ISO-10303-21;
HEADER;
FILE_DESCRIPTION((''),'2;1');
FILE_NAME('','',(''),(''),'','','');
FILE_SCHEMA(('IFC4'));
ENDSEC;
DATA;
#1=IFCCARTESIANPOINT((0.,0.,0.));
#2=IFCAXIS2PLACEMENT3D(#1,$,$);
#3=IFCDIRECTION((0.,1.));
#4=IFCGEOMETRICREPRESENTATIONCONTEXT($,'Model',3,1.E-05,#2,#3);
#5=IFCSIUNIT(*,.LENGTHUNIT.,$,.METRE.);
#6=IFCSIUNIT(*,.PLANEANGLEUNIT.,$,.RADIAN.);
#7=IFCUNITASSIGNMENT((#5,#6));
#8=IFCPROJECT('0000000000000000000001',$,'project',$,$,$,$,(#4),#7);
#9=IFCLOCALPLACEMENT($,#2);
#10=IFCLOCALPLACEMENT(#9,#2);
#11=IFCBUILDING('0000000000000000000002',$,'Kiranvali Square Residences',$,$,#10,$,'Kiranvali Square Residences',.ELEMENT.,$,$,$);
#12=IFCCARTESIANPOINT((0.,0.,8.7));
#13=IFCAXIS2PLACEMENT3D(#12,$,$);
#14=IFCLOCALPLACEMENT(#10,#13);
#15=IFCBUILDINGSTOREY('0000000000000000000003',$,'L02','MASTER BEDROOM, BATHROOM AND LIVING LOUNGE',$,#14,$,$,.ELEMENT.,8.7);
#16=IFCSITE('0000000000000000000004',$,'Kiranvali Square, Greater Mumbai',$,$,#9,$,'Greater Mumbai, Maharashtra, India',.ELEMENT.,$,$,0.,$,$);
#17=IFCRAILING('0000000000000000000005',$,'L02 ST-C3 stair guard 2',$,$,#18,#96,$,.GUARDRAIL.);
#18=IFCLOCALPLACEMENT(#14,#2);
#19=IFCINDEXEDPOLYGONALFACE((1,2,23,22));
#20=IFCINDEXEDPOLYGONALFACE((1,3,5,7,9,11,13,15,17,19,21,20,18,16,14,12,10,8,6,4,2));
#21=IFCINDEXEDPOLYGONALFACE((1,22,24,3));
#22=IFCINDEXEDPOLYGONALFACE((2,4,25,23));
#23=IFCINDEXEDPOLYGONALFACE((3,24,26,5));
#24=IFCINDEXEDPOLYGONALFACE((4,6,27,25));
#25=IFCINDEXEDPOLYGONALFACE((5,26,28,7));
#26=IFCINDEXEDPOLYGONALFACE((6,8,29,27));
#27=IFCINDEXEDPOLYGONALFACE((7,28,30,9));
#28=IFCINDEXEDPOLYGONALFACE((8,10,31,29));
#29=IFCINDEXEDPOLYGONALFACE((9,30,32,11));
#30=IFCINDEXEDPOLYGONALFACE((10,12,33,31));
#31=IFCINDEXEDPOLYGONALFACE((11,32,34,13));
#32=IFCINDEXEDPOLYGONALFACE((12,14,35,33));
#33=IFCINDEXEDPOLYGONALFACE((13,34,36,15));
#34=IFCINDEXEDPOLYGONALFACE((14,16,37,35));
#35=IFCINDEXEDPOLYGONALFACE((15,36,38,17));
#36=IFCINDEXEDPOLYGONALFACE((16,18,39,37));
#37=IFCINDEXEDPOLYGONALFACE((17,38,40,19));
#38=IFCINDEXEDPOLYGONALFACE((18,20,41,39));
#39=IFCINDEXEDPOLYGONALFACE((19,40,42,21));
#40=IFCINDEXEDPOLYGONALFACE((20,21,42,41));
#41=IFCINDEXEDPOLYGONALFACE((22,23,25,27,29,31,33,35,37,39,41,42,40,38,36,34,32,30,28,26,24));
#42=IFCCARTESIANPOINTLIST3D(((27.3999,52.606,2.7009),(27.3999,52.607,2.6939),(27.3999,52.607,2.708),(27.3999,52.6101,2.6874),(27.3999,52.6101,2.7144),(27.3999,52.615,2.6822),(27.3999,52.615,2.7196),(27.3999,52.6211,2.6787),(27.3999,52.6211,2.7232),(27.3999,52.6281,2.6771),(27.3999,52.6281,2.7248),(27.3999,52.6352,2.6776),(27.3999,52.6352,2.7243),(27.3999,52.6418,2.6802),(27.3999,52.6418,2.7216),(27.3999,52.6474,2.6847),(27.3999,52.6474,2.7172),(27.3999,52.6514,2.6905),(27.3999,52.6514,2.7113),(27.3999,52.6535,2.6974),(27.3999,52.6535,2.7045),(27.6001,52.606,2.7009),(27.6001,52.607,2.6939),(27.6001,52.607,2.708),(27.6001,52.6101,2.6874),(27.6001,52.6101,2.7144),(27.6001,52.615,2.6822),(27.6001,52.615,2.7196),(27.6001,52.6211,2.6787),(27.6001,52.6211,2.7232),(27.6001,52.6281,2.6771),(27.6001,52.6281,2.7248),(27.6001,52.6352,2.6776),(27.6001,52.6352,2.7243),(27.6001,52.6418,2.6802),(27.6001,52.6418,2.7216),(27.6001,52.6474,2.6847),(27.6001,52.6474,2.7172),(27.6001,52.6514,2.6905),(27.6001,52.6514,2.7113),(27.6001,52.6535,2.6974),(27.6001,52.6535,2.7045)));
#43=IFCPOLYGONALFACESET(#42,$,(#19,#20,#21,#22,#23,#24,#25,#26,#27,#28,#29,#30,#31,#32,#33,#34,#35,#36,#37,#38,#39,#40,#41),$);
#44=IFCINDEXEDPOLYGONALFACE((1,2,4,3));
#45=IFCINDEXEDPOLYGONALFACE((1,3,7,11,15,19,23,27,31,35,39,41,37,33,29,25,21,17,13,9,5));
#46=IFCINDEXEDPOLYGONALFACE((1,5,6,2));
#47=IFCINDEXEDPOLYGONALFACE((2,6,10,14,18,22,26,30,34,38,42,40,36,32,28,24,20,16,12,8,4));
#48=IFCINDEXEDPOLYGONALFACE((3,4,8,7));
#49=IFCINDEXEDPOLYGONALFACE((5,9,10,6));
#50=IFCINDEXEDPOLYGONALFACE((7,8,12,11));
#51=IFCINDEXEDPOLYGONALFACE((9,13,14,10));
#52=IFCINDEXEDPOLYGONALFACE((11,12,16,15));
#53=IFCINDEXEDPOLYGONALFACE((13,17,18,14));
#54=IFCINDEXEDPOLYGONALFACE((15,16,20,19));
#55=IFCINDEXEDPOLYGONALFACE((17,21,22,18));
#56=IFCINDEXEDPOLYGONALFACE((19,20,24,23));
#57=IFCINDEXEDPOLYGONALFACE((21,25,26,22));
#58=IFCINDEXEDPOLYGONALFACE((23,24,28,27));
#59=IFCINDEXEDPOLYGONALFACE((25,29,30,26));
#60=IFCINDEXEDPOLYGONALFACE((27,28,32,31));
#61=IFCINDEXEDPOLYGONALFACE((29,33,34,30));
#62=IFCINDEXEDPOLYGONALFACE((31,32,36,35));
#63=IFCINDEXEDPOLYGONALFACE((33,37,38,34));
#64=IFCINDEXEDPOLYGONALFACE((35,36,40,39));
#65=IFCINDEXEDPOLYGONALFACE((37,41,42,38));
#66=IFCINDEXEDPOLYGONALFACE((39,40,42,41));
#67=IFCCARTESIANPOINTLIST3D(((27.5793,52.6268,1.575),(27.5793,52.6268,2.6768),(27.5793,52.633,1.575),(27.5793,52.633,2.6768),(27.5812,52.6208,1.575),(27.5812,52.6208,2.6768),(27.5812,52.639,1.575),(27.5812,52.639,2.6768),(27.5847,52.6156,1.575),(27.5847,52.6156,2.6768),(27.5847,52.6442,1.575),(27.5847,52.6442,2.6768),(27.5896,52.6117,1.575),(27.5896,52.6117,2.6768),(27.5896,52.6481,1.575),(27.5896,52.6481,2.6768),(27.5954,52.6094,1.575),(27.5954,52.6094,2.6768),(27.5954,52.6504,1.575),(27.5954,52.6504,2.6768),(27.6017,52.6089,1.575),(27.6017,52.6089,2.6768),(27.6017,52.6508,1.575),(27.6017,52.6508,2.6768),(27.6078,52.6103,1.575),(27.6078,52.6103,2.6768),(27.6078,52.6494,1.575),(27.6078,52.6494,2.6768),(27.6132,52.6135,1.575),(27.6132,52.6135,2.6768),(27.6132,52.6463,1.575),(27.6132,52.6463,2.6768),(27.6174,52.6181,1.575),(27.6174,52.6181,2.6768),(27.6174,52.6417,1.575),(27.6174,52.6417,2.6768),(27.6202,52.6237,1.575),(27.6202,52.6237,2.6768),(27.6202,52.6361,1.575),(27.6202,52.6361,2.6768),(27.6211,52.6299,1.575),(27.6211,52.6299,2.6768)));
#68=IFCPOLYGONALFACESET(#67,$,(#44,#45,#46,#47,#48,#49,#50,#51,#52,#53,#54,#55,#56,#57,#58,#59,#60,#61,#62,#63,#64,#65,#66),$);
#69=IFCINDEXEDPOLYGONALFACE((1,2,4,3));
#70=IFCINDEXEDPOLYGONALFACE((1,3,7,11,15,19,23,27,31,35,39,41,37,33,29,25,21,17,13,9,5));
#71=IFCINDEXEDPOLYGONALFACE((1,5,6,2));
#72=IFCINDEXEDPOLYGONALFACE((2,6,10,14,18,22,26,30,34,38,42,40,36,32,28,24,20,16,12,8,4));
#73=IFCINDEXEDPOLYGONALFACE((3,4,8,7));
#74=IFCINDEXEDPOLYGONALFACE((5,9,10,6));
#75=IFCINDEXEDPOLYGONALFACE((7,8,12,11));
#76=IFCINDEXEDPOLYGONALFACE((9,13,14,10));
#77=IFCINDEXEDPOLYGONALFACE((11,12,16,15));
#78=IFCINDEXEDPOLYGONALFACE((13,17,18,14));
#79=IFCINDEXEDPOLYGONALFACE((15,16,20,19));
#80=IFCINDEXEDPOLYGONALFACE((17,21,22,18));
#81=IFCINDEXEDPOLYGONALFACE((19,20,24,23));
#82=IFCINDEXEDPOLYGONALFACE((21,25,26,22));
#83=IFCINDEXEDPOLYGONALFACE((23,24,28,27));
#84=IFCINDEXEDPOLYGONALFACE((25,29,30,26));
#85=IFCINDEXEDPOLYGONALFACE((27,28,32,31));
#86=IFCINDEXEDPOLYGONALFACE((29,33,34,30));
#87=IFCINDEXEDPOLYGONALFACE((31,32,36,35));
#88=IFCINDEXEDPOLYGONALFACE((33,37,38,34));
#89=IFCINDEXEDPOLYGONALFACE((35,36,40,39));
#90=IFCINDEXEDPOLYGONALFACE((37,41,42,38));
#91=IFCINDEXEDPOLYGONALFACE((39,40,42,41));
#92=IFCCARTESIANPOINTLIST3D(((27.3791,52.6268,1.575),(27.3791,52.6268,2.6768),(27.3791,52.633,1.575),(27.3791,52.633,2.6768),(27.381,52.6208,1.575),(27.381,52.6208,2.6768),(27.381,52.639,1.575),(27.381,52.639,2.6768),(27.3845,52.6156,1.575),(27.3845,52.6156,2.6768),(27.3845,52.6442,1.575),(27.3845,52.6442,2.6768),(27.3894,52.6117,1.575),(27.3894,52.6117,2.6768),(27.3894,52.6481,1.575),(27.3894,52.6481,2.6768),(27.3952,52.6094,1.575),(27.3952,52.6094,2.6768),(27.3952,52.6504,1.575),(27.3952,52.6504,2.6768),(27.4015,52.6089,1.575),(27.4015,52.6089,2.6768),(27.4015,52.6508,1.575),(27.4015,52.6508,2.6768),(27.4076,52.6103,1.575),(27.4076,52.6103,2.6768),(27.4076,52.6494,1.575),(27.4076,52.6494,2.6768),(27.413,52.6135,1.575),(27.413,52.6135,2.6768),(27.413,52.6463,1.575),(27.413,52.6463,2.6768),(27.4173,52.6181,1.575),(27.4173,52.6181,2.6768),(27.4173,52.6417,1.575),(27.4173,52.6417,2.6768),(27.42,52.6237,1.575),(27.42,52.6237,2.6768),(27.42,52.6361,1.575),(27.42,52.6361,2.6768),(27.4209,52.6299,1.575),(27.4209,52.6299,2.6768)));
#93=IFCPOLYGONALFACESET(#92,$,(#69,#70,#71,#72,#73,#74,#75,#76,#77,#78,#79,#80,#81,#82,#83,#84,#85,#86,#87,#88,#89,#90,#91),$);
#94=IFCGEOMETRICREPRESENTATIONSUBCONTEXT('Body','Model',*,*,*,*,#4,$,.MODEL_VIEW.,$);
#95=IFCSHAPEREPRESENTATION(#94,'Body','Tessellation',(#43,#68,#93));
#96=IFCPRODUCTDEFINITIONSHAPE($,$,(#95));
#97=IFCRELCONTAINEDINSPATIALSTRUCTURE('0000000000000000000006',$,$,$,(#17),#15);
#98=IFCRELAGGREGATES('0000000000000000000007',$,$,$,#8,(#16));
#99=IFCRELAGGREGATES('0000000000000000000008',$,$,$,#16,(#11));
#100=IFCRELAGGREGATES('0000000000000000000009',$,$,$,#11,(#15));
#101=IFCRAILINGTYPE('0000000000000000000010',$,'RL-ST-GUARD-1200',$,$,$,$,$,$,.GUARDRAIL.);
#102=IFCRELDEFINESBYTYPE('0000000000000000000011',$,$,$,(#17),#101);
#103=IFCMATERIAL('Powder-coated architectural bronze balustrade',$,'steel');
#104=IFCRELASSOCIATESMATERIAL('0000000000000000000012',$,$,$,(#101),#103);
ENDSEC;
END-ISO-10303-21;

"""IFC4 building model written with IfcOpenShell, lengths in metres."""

from ifc_helpers import new_model, si_unit, direction, frame, origin, origin_2d, place, context, subcontext, project, spatial, circle, extrude, material, type_object, element, save


model = new_model("IFC4")

# Units and contexts
model_context = context("Model", 3, precision=1e-05, world=origin(), true_north=direction((0.0, 1.0)))
body_context = subcontext(model_context, "Body", "Model", "MODEL_VIEW")
ifc_project = project(units=[si_unit("LENGTHUNIT", "METRE"), si_unit("PLANEANGLEUNIT", "RADIAN")], contexts=[model_context])

# Site, building, storey
site_placement = place(None, origin())
site = spatial("IfcSite", under=ifc_project, at=site_placement, Name="Kiranvali Square, Greater Mumbai", LongName="Greater Mumbai, Maharashtra, India", CompositionType="ELEMENT", RefElevation=0.0)
building_placement = place(site_placement, origin())
building = spatial("IfcBuilding", under=site, at=building_placement, Name="Kiranvali Square Residences", LongName="Kiranvali Square Residences", CompositionType="ELEMENT")
storey_placement = place(building_placement, frame((0.0, 0.0, 8.7)))
storey = spatial("IfcBuildingStorey", under=building, at=storey_placement, Name="L02", Description="MASTER BEDROOM, BATHROOM AND LIVING LOUNGE", CompositionType="ELEMENT", Elevation=8.7)

# Railing
ifc_material_1 = material(Name="Powder-coated architectural bronze balustrade", Category="steel")
railing_type_1 = type_object("IfcRailingType", Name="RL-ST-GUARD-1200", PredefinedType="GUARDRAIL", material=ifc_material_1)
railing_1_placement = place(storey_placement, frame((27.6001, 52.6299, 1.575)))
element("IfcRailing", 1, at=railing_1_placement, inside=storey, type_object=railing_type_1, Name="L02 ST-C3 stair guard 2", PredefinedType="GUARDRAIL", context=body_context, shape_type="SweptSolid", body=[
    extrude(circle(Radius=0.0239, at=origin_2d()), frame((0.0, 0.0, 1.126), z_axis=(-1.0, 0.0, 0.0), x_axis=(0.0, -1.0, 0.0)), (0.0, 0.0, 1.0), 0.2002),
    extrude(circle(Radius=0.021, at=origin_2d()), origin(), (0.0, 0.0, 1.0), 1.1018),
    extrude(circle(Radius=0.021, at=origin_2d()), frame((-0.2002, 0.0, 0.0)), (0.0, 0.0, 1.0), 1.1018),
])

save(model, "model.ifc")
